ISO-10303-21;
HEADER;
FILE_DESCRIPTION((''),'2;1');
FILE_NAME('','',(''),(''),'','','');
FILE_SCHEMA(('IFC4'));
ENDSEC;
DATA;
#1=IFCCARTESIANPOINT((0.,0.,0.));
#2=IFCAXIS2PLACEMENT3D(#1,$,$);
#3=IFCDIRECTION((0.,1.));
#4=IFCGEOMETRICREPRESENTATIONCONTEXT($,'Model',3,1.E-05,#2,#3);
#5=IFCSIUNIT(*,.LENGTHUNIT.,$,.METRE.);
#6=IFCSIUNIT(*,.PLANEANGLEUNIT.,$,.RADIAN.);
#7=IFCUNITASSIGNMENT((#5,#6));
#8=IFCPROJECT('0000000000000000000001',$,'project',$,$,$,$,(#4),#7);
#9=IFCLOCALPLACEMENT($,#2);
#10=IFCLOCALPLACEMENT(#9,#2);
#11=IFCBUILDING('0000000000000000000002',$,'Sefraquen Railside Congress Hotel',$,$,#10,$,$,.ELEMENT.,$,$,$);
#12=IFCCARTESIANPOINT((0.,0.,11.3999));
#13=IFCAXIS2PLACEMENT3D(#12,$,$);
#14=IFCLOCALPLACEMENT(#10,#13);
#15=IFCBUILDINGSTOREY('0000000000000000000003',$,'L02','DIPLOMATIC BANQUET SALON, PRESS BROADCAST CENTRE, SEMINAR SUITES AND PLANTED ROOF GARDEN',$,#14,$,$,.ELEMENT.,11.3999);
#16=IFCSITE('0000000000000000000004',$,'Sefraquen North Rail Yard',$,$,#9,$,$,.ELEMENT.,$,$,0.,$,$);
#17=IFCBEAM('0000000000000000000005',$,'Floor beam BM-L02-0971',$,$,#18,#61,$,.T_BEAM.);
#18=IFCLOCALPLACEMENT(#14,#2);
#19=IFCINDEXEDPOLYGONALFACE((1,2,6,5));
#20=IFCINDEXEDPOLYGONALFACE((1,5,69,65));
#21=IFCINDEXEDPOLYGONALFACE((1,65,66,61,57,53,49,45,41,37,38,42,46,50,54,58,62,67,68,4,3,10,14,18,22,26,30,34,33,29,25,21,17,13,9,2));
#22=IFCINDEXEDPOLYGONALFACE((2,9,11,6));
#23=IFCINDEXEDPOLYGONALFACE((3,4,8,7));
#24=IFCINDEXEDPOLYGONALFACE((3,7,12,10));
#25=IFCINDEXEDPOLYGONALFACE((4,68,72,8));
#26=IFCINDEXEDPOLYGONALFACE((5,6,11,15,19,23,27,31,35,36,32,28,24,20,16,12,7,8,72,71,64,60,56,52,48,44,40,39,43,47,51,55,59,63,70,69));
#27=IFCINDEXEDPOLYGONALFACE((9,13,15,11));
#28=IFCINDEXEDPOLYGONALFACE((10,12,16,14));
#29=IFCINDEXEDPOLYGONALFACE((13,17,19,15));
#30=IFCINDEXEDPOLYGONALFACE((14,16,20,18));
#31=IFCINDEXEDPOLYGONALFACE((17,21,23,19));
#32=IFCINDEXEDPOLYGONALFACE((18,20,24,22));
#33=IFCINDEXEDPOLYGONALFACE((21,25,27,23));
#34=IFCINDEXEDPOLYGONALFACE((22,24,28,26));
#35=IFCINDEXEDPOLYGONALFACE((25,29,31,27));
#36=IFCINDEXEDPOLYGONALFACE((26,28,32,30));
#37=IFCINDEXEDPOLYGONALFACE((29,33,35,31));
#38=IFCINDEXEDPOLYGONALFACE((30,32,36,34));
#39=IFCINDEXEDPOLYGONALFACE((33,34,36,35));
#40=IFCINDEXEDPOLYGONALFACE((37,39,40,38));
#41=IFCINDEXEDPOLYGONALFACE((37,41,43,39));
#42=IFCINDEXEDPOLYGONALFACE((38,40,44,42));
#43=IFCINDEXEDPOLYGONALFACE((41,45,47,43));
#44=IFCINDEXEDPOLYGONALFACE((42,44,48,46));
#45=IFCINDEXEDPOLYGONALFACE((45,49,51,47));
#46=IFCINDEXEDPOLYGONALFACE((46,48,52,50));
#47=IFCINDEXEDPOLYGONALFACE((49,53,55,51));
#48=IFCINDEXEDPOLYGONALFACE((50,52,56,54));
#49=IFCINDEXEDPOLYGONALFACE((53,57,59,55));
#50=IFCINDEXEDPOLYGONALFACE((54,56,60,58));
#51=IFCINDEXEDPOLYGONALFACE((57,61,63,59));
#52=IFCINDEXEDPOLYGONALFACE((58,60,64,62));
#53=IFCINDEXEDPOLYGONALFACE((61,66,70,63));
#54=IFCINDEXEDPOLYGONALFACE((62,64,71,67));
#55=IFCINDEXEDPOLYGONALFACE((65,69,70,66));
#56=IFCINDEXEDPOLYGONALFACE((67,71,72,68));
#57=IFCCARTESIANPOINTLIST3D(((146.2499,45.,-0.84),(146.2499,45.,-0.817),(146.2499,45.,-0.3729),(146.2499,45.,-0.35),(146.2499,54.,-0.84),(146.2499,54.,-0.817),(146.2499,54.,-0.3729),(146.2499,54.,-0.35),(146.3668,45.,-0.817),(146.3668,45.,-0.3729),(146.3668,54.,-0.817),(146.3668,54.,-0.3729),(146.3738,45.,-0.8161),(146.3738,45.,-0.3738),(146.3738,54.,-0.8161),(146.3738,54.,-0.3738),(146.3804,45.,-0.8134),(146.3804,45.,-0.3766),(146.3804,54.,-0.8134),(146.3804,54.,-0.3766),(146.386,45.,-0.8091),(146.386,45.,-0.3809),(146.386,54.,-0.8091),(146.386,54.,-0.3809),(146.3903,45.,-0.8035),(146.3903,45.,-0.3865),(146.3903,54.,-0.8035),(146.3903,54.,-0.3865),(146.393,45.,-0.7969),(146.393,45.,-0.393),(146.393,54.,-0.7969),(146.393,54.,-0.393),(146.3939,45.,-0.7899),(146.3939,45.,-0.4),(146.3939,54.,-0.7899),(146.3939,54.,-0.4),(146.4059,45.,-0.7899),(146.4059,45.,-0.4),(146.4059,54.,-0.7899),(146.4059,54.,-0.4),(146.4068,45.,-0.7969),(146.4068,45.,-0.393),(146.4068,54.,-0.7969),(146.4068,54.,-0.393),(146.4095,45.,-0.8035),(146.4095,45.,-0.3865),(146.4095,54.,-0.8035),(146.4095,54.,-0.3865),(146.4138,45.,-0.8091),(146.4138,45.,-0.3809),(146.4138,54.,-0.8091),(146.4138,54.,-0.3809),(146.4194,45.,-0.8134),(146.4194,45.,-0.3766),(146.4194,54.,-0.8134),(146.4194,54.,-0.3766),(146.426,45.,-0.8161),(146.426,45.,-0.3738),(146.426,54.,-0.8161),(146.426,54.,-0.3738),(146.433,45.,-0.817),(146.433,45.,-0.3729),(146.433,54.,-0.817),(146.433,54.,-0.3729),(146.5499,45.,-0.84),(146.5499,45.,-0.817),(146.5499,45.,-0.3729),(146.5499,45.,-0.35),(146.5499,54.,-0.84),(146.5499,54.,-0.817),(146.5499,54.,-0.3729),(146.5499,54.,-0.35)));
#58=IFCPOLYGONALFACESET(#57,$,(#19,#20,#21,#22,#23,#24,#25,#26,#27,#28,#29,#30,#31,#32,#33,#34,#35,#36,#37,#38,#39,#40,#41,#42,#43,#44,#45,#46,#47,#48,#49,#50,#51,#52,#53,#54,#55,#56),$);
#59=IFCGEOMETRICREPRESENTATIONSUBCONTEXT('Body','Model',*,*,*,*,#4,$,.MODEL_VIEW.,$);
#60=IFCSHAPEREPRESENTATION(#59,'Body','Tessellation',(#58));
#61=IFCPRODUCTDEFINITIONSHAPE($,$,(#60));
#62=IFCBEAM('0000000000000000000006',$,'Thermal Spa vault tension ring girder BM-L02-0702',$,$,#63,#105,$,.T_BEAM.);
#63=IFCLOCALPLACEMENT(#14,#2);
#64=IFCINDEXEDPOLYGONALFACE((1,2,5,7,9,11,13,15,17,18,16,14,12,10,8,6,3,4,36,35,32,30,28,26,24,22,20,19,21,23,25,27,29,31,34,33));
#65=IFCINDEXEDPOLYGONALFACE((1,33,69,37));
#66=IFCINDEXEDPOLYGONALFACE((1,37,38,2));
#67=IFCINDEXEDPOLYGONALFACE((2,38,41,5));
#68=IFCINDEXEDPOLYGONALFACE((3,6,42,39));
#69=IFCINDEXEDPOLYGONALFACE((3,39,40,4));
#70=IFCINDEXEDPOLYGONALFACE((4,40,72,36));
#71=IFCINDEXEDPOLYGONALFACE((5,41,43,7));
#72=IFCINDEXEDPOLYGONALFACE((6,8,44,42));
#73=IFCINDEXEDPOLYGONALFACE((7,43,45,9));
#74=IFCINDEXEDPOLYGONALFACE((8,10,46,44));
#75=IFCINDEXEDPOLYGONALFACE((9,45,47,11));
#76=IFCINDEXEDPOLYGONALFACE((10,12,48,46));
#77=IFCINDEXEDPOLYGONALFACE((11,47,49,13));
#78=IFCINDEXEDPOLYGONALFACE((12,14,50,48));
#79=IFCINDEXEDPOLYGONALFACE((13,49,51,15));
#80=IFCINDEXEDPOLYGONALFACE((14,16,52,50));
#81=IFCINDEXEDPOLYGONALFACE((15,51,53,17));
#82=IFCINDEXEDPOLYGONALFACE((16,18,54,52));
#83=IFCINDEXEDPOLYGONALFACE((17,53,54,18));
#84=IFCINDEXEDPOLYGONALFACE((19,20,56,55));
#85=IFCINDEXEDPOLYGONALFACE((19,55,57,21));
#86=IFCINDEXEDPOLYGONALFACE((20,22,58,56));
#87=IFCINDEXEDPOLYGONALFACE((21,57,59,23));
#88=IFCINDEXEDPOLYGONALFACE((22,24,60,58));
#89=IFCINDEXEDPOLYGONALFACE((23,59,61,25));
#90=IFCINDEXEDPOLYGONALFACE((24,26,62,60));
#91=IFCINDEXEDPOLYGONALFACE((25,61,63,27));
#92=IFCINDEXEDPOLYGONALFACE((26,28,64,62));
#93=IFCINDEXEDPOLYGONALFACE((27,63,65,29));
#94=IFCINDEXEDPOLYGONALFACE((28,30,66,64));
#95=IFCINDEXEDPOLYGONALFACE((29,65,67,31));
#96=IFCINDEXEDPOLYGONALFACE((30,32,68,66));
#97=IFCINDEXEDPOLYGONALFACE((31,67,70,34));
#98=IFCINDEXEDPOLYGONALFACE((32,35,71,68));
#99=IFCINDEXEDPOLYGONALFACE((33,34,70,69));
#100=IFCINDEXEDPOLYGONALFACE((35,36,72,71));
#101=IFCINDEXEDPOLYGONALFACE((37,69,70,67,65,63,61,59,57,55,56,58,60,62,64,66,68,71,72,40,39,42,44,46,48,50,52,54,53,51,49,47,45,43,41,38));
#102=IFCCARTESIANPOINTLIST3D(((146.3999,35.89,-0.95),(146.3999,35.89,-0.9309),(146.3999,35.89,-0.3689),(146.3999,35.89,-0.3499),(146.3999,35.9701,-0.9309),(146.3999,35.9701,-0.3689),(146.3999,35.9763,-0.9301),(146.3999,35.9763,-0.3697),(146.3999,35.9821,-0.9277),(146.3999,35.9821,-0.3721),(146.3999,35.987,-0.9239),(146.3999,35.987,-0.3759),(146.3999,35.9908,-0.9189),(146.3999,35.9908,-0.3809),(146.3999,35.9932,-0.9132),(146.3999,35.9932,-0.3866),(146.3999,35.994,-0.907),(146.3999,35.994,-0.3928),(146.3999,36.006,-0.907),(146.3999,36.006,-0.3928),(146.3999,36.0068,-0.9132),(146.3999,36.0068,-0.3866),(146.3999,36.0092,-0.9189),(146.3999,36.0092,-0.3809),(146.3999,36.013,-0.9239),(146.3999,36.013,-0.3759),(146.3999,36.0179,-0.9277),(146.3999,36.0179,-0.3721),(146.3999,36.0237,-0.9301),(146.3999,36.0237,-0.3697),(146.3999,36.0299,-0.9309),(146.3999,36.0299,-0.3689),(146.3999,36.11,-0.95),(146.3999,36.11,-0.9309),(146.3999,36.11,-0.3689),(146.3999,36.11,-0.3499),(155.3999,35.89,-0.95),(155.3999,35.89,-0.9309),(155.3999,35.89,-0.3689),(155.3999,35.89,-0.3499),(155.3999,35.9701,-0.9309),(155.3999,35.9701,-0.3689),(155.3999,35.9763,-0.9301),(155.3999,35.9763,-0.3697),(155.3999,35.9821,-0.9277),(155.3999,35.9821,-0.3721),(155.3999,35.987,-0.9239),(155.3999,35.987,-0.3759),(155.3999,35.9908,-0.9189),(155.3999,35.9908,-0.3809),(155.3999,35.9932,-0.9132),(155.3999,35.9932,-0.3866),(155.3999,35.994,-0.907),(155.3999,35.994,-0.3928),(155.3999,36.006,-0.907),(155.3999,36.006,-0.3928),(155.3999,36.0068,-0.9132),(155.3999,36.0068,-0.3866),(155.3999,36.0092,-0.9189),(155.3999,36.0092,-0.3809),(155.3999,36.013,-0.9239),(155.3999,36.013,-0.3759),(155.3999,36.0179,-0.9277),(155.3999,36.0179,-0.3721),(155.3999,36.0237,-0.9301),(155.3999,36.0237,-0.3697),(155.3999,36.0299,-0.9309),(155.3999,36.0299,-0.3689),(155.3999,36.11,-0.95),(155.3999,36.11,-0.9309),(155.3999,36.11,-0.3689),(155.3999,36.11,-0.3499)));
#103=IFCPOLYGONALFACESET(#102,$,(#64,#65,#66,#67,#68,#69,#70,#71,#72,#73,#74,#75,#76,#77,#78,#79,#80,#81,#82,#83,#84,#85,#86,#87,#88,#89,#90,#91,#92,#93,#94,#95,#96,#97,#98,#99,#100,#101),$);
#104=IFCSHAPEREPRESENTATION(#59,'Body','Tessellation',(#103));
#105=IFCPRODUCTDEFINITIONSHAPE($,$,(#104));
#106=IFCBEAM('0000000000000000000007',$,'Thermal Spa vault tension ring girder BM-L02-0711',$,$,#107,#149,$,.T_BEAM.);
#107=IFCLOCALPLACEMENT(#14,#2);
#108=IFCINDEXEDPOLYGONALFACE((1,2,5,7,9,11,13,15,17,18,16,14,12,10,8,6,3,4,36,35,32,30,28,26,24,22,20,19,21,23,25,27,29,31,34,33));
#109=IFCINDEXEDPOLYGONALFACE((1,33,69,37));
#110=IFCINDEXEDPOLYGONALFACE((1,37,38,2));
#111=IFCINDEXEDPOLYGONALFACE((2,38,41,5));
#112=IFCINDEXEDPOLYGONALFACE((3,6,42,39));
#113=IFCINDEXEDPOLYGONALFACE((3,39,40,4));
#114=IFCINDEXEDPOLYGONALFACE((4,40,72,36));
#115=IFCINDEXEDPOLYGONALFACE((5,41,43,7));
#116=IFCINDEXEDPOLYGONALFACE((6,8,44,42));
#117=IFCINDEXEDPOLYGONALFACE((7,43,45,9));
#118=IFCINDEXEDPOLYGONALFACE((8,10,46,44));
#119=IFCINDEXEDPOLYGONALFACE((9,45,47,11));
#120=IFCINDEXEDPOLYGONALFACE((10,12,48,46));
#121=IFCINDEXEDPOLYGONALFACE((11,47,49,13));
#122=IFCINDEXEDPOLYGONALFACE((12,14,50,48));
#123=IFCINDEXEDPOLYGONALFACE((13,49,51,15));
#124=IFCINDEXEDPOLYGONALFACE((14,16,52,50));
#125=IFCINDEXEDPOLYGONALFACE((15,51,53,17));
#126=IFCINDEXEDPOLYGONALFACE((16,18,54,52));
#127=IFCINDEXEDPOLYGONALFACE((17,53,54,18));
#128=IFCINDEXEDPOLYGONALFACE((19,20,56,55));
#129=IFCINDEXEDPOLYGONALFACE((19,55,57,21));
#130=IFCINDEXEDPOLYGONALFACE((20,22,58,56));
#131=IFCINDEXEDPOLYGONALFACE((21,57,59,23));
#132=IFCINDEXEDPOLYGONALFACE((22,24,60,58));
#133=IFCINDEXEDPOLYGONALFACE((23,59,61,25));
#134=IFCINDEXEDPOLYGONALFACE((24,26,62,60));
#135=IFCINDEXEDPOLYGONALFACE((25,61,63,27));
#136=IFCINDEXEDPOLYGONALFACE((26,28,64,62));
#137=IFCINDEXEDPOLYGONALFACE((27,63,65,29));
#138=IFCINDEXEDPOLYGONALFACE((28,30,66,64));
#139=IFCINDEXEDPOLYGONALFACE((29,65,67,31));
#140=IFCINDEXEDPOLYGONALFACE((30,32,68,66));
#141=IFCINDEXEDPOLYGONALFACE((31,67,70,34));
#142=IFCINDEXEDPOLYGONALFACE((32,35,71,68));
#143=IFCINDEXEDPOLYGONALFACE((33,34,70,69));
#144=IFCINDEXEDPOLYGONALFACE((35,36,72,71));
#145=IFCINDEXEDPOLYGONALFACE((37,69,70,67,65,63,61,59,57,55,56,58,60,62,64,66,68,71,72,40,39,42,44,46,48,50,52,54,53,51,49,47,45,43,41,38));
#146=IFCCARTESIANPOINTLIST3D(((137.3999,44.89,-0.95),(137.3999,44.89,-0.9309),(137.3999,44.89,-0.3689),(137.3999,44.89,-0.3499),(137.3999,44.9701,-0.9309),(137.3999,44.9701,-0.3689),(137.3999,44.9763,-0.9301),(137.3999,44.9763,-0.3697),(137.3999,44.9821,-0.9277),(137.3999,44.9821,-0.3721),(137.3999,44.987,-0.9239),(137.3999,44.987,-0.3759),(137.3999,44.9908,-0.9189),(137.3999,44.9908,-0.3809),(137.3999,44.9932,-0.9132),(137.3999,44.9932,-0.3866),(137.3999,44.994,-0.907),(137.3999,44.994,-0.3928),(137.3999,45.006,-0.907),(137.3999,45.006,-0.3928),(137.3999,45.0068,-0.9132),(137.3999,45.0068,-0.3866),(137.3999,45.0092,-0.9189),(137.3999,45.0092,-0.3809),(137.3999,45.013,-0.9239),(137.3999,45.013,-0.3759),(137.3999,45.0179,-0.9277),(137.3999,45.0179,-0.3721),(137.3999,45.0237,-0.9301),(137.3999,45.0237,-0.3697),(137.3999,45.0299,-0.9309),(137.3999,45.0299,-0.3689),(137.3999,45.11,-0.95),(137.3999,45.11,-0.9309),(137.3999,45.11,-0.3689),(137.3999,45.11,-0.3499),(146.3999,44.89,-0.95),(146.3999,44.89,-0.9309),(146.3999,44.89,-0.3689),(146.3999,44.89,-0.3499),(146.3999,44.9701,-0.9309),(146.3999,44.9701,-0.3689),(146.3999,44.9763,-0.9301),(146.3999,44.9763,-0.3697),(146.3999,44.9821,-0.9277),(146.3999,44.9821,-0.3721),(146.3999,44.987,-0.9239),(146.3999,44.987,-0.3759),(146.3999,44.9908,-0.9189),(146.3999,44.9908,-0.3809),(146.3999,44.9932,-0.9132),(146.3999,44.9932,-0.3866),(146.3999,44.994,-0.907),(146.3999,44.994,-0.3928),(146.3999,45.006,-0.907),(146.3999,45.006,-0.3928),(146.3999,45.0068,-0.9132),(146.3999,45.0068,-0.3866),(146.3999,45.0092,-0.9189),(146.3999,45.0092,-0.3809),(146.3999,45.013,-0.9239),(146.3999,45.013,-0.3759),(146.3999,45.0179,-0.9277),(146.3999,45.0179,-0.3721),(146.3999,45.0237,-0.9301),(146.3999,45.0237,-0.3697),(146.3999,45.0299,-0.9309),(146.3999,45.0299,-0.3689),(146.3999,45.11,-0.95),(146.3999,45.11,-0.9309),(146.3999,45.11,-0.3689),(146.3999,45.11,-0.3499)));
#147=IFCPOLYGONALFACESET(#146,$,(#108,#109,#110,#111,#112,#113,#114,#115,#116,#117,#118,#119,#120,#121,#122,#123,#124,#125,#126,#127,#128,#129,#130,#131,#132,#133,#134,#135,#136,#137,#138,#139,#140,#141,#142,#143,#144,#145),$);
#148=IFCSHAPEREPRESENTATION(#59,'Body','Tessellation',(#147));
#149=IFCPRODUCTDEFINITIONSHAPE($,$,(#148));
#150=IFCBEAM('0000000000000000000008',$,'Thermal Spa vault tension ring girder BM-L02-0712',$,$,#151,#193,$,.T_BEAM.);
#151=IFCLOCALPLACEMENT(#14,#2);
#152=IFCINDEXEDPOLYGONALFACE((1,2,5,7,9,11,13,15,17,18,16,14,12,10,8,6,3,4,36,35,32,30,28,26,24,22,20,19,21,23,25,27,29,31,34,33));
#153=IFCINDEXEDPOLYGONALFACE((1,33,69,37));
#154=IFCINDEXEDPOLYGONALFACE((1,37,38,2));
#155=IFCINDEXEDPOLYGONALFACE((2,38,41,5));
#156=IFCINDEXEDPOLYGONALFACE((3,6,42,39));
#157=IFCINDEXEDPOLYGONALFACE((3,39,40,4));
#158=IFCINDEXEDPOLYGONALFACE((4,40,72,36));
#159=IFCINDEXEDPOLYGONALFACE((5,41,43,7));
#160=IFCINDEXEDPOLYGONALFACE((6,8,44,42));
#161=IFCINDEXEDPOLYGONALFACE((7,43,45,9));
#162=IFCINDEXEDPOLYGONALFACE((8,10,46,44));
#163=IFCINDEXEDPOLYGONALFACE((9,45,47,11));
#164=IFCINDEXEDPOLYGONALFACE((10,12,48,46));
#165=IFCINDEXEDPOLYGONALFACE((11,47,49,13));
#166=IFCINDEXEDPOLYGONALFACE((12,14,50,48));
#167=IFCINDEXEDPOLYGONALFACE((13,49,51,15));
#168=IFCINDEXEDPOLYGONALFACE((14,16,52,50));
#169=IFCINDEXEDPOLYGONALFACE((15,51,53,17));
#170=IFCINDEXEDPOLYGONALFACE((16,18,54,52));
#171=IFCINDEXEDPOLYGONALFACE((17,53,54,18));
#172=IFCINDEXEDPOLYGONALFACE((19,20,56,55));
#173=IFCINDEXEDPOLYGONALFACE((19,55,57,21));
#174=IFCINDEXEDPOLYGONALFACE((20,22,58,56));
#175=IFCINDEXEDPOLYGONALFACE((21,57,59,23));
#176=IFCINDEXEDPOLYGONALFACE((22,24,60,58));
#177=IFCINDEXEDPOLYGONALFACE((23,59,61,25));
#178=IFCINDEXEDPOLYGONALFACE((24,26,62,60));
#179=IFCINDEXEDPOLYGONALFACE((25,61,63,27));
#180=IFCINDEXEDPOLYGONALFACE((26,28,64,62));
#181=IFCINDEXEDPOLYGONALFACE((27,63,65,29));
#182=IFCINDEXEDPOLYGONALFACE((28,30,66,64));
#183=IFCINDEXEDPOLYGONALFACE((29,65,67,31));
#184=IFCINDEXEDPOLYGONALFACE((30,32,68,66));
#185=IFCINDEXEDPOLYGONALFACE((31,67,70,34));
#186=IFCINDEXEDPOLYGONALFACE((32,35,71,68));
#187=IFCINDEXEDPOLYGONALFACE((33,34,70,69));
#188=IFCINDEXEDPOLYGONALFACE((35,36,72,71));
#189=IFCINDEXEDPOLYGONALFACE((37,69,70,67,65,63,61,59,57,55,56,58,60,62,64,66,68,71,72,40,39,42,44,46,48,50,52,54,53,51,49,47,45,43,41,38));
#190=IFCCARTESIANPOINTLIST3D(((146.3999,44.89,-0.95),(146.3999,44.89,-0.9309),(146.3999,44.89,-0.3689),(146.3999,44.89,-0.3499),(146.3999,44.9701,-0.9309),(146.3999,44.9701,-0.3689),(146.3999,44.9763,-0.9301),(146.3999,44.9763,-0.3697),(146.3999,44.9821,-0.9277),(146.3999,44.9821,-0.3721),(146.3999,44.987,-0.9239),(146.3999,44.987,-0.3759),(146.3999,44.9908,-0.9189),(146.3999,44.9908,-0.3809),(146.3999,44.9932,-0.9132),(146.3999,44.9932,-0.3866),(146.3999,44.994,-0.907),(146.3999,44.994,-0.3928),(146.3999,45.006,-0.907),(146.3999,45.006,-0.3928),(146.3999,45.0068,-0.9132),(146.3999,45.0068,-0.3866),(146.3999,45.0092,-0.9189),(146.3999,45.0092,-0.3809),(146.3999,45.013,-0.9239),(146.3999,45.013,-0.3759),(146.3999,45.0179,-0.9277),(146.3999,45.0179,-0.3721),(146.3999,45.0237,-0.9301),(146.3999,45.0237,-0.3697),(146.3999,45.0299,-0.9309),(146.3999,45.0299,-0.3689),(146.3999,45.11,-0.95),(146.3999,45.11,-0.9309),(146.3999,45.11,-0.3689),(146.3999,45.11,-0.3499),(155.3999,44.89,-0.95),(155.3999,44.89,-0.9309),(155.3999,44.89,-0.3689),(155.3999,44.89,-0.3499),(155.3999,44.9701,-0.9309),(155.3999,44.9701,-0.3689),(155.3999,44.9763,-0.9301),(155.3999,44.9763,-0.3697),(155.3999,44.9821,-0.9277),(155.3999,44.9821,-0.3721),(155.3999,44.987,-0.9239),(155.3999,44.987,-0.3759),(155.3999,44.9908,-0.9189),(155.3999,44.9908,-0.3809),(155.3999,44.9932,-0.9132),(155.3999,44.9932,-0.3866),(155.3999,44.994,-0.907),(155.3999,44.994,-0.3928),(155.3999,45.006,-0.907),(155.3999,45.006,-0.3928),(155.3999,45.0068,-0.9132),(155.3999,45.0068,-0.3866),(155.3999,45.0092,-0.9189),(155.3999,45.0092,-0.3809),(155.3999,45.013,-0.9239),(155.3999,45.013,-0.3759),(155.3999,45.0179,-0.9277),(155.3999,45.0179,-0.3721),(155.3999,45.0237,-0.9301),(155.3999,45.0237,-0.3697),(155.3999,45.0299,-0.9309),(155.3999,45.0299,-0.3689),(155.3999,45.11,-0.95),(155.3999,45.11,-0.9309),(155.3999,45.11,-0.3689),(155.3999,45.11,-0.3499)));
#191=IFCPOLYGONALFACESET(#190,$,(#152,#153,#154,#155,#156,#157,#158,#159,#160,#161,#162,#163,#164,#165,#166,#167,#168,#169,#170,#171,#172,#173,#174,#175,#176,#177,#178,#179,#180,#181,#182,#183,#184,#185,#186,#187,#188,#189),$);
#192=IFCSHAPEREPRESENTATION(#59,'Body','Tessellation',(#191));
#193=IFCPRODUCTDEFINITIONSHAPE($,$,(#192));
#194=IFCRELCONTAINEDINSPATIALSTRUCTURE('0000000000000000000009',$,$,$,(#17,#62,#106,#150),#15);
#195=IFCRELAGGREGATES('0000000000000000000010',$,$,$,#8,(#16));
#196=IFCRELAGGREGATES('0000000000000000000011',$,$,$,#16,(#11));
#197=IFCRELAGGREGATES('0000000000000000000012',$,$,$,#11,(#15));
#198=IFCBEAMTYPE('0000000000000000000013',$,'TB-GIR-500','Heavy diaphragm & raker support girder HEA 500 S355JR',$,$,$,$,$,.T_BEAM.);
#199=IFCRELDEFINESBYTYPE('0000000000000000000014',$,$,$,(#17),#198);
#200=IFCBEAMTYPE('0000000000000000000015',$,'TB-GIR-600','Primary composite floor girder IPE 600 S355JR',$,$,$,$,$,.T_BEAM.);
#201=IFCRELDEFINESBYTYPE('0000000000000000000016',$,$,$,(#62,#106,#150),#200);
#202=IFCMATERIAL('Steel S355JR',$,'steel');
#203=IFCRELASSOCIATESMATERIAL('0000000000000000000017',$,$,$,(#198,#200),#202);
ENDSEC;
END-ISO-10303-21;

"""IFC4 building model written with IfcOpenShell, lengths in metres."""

from ifc_helpers import new_model, si_unit, direction, frame, origin, origin_2d, place, context, subcontext, project, spatial, i_section, extrude, material, material_profile, profile_set, type_object, element, save


model = new_model("IFC4")

# Units and contexts
model_context = context("Model", 3, precision=1e-05, world=origin(), true_north=direction((0.0, 1.0)))
body_context = subcontext(model_context, "Body", "Model", "MODEL_VIEW")
ifc_project = project(units=[si_unit("LENGTHUNIT", "METRE"), si_unit("PLANEANGLEUNIT", "RADIAN")], contexts=[model_context])

# Site, building, storey
site_placement = place(None, origin())
site = spatial("IfcSite", under=ifc_project, at=site_placement, Name="Sefraquen North Rail Yard", CompositionType="ELEMENT", RefElevation=0.0)
building_placement = place(site_placement, origin())
building = spatial("IfcBuilding", under=site, at=building_placement, Name="Sefraquen Railside Congress Hotel", CompositionType="ELEMENT")
storey_placement = place(building_placement, frame((0.0, 0.0, 11.3999)))
storey = spatial("IfcBuildingStorey", under=building, at=storey_placement, Name="L02", Description="DIPLOMATIC BANQUET SALON, PRESS BROADCAST CENTRE, SEMINAR SUITES AND PLANTED ROOF GARDEN", CompositionType="ELEMENT", Elevation=11.3999)

# Shared definitions
ifc_material_1 = material(Name="Steel S355JR", Category="steel")

# Beams
ifc_material_profile_1 = material_profile(ifc_material_1, i_section(OverallWidth=0.3, OverallDepth=0.49, WebThickness=0.012, FlangeThickness=0.0229, FilletRadius=0.0271, at=origin_2d()), Name="HEA 500")
ifc_profile_set_1 = profile_set([ifc_material_profile_1], Name="Steel S355JR")
beam_type_1 = type_object("IfcBeamType", Name="TB-GIR-500", Description="Heavy diaphragm & raker support girder HEA 500 S355JR", PredefinedType="T_BEAM", material=ifc_profile_set_1)
for number, where, z_axis, x_axis, name in (
    (1, (146.3999, 45.0, -0.595), (0.0, 1.0, 0.0), (-1.0, 0.0, 0.0), "Floor beam BM-L02-0971"),
):
    element("IfcBeam", number, at=place(storey_placement, frame(where, z_axis=z_axis, x_axis=x_axis)), inside=storey, type_object=beam_type_1, Name=name, PredefinedType="T_BEAM", context=body_context, shape_type="SweptSolid", body=[
        extrude(i_section(OverallWidth=0.3, OverallDepth=0.49, WebThickness=0.012, FlangeThickness=0.0229, FilletRadius=0.0271, at=origin_2d()), origin(), (0.0, 0.0, 1.0), 9.0),
    ])
ifc_material_profile_2 = material_profile(ifc_material_1, i_section(OverallWidth=0.22, OverallDepth=0.6001, WebThickness=0.012, FlangeThickness=0.019, FilletRadius=0.0239, at=origin_2d()), Name="IPE 600")
ifc_profile_set_2 = profile_set([ifc_material_profile_2], Name="Steel S355JR")
beam_type_2 = type_object("IfcBeamType", Name="TB-GIR-600", Description="Primary composite floor girder IPE 600 S355JR", PredefinedType="T_BEAM", material=ifc_profile_set_2)
for number, where, z_axis, x_axis, name in (
    (2, (146.3999, 36.0, -0.6499), (1.0, 0.0, 0.0), (0.0, 1.0, 0.0), "Thermal Spa vault tension ring girder BM-L02-0702"),
    (3, (137.3999, 45.0, -0.6499), (1.0, 0.0, 0.0), (0.0, 1.0, 0.0), "Thermal Spa vault tension ring girder BM-L02-0711"),
    (4, (146.3999, 45.0, -0.6499), (1.0, 0.0, 0.0), (0.0, 1.0, 0.0), "Thermal Spa vault tension ring girder BM-L02-0712"),
):
    element("IfcBeam", number, at=place(storey_placement, frame(where, z_axis=z_axis, x_axis=x_axis)), inside=storey, type_object=beam_type_2, Name=name, PredefinedType="T_BEAM", context=body_context, shape_type="SweptSolid", body=[
        extrude(i_section(OverallWidth=0.22, OverallDepth=0.6001, WebThickness=0.012, FlangeThickness=0.019, FilletRadius=0.0239, at=origin_2d()), origin(), (0.0, 0.0, 1.0), 9.0),
    ])

save(model, "model.ifc")
